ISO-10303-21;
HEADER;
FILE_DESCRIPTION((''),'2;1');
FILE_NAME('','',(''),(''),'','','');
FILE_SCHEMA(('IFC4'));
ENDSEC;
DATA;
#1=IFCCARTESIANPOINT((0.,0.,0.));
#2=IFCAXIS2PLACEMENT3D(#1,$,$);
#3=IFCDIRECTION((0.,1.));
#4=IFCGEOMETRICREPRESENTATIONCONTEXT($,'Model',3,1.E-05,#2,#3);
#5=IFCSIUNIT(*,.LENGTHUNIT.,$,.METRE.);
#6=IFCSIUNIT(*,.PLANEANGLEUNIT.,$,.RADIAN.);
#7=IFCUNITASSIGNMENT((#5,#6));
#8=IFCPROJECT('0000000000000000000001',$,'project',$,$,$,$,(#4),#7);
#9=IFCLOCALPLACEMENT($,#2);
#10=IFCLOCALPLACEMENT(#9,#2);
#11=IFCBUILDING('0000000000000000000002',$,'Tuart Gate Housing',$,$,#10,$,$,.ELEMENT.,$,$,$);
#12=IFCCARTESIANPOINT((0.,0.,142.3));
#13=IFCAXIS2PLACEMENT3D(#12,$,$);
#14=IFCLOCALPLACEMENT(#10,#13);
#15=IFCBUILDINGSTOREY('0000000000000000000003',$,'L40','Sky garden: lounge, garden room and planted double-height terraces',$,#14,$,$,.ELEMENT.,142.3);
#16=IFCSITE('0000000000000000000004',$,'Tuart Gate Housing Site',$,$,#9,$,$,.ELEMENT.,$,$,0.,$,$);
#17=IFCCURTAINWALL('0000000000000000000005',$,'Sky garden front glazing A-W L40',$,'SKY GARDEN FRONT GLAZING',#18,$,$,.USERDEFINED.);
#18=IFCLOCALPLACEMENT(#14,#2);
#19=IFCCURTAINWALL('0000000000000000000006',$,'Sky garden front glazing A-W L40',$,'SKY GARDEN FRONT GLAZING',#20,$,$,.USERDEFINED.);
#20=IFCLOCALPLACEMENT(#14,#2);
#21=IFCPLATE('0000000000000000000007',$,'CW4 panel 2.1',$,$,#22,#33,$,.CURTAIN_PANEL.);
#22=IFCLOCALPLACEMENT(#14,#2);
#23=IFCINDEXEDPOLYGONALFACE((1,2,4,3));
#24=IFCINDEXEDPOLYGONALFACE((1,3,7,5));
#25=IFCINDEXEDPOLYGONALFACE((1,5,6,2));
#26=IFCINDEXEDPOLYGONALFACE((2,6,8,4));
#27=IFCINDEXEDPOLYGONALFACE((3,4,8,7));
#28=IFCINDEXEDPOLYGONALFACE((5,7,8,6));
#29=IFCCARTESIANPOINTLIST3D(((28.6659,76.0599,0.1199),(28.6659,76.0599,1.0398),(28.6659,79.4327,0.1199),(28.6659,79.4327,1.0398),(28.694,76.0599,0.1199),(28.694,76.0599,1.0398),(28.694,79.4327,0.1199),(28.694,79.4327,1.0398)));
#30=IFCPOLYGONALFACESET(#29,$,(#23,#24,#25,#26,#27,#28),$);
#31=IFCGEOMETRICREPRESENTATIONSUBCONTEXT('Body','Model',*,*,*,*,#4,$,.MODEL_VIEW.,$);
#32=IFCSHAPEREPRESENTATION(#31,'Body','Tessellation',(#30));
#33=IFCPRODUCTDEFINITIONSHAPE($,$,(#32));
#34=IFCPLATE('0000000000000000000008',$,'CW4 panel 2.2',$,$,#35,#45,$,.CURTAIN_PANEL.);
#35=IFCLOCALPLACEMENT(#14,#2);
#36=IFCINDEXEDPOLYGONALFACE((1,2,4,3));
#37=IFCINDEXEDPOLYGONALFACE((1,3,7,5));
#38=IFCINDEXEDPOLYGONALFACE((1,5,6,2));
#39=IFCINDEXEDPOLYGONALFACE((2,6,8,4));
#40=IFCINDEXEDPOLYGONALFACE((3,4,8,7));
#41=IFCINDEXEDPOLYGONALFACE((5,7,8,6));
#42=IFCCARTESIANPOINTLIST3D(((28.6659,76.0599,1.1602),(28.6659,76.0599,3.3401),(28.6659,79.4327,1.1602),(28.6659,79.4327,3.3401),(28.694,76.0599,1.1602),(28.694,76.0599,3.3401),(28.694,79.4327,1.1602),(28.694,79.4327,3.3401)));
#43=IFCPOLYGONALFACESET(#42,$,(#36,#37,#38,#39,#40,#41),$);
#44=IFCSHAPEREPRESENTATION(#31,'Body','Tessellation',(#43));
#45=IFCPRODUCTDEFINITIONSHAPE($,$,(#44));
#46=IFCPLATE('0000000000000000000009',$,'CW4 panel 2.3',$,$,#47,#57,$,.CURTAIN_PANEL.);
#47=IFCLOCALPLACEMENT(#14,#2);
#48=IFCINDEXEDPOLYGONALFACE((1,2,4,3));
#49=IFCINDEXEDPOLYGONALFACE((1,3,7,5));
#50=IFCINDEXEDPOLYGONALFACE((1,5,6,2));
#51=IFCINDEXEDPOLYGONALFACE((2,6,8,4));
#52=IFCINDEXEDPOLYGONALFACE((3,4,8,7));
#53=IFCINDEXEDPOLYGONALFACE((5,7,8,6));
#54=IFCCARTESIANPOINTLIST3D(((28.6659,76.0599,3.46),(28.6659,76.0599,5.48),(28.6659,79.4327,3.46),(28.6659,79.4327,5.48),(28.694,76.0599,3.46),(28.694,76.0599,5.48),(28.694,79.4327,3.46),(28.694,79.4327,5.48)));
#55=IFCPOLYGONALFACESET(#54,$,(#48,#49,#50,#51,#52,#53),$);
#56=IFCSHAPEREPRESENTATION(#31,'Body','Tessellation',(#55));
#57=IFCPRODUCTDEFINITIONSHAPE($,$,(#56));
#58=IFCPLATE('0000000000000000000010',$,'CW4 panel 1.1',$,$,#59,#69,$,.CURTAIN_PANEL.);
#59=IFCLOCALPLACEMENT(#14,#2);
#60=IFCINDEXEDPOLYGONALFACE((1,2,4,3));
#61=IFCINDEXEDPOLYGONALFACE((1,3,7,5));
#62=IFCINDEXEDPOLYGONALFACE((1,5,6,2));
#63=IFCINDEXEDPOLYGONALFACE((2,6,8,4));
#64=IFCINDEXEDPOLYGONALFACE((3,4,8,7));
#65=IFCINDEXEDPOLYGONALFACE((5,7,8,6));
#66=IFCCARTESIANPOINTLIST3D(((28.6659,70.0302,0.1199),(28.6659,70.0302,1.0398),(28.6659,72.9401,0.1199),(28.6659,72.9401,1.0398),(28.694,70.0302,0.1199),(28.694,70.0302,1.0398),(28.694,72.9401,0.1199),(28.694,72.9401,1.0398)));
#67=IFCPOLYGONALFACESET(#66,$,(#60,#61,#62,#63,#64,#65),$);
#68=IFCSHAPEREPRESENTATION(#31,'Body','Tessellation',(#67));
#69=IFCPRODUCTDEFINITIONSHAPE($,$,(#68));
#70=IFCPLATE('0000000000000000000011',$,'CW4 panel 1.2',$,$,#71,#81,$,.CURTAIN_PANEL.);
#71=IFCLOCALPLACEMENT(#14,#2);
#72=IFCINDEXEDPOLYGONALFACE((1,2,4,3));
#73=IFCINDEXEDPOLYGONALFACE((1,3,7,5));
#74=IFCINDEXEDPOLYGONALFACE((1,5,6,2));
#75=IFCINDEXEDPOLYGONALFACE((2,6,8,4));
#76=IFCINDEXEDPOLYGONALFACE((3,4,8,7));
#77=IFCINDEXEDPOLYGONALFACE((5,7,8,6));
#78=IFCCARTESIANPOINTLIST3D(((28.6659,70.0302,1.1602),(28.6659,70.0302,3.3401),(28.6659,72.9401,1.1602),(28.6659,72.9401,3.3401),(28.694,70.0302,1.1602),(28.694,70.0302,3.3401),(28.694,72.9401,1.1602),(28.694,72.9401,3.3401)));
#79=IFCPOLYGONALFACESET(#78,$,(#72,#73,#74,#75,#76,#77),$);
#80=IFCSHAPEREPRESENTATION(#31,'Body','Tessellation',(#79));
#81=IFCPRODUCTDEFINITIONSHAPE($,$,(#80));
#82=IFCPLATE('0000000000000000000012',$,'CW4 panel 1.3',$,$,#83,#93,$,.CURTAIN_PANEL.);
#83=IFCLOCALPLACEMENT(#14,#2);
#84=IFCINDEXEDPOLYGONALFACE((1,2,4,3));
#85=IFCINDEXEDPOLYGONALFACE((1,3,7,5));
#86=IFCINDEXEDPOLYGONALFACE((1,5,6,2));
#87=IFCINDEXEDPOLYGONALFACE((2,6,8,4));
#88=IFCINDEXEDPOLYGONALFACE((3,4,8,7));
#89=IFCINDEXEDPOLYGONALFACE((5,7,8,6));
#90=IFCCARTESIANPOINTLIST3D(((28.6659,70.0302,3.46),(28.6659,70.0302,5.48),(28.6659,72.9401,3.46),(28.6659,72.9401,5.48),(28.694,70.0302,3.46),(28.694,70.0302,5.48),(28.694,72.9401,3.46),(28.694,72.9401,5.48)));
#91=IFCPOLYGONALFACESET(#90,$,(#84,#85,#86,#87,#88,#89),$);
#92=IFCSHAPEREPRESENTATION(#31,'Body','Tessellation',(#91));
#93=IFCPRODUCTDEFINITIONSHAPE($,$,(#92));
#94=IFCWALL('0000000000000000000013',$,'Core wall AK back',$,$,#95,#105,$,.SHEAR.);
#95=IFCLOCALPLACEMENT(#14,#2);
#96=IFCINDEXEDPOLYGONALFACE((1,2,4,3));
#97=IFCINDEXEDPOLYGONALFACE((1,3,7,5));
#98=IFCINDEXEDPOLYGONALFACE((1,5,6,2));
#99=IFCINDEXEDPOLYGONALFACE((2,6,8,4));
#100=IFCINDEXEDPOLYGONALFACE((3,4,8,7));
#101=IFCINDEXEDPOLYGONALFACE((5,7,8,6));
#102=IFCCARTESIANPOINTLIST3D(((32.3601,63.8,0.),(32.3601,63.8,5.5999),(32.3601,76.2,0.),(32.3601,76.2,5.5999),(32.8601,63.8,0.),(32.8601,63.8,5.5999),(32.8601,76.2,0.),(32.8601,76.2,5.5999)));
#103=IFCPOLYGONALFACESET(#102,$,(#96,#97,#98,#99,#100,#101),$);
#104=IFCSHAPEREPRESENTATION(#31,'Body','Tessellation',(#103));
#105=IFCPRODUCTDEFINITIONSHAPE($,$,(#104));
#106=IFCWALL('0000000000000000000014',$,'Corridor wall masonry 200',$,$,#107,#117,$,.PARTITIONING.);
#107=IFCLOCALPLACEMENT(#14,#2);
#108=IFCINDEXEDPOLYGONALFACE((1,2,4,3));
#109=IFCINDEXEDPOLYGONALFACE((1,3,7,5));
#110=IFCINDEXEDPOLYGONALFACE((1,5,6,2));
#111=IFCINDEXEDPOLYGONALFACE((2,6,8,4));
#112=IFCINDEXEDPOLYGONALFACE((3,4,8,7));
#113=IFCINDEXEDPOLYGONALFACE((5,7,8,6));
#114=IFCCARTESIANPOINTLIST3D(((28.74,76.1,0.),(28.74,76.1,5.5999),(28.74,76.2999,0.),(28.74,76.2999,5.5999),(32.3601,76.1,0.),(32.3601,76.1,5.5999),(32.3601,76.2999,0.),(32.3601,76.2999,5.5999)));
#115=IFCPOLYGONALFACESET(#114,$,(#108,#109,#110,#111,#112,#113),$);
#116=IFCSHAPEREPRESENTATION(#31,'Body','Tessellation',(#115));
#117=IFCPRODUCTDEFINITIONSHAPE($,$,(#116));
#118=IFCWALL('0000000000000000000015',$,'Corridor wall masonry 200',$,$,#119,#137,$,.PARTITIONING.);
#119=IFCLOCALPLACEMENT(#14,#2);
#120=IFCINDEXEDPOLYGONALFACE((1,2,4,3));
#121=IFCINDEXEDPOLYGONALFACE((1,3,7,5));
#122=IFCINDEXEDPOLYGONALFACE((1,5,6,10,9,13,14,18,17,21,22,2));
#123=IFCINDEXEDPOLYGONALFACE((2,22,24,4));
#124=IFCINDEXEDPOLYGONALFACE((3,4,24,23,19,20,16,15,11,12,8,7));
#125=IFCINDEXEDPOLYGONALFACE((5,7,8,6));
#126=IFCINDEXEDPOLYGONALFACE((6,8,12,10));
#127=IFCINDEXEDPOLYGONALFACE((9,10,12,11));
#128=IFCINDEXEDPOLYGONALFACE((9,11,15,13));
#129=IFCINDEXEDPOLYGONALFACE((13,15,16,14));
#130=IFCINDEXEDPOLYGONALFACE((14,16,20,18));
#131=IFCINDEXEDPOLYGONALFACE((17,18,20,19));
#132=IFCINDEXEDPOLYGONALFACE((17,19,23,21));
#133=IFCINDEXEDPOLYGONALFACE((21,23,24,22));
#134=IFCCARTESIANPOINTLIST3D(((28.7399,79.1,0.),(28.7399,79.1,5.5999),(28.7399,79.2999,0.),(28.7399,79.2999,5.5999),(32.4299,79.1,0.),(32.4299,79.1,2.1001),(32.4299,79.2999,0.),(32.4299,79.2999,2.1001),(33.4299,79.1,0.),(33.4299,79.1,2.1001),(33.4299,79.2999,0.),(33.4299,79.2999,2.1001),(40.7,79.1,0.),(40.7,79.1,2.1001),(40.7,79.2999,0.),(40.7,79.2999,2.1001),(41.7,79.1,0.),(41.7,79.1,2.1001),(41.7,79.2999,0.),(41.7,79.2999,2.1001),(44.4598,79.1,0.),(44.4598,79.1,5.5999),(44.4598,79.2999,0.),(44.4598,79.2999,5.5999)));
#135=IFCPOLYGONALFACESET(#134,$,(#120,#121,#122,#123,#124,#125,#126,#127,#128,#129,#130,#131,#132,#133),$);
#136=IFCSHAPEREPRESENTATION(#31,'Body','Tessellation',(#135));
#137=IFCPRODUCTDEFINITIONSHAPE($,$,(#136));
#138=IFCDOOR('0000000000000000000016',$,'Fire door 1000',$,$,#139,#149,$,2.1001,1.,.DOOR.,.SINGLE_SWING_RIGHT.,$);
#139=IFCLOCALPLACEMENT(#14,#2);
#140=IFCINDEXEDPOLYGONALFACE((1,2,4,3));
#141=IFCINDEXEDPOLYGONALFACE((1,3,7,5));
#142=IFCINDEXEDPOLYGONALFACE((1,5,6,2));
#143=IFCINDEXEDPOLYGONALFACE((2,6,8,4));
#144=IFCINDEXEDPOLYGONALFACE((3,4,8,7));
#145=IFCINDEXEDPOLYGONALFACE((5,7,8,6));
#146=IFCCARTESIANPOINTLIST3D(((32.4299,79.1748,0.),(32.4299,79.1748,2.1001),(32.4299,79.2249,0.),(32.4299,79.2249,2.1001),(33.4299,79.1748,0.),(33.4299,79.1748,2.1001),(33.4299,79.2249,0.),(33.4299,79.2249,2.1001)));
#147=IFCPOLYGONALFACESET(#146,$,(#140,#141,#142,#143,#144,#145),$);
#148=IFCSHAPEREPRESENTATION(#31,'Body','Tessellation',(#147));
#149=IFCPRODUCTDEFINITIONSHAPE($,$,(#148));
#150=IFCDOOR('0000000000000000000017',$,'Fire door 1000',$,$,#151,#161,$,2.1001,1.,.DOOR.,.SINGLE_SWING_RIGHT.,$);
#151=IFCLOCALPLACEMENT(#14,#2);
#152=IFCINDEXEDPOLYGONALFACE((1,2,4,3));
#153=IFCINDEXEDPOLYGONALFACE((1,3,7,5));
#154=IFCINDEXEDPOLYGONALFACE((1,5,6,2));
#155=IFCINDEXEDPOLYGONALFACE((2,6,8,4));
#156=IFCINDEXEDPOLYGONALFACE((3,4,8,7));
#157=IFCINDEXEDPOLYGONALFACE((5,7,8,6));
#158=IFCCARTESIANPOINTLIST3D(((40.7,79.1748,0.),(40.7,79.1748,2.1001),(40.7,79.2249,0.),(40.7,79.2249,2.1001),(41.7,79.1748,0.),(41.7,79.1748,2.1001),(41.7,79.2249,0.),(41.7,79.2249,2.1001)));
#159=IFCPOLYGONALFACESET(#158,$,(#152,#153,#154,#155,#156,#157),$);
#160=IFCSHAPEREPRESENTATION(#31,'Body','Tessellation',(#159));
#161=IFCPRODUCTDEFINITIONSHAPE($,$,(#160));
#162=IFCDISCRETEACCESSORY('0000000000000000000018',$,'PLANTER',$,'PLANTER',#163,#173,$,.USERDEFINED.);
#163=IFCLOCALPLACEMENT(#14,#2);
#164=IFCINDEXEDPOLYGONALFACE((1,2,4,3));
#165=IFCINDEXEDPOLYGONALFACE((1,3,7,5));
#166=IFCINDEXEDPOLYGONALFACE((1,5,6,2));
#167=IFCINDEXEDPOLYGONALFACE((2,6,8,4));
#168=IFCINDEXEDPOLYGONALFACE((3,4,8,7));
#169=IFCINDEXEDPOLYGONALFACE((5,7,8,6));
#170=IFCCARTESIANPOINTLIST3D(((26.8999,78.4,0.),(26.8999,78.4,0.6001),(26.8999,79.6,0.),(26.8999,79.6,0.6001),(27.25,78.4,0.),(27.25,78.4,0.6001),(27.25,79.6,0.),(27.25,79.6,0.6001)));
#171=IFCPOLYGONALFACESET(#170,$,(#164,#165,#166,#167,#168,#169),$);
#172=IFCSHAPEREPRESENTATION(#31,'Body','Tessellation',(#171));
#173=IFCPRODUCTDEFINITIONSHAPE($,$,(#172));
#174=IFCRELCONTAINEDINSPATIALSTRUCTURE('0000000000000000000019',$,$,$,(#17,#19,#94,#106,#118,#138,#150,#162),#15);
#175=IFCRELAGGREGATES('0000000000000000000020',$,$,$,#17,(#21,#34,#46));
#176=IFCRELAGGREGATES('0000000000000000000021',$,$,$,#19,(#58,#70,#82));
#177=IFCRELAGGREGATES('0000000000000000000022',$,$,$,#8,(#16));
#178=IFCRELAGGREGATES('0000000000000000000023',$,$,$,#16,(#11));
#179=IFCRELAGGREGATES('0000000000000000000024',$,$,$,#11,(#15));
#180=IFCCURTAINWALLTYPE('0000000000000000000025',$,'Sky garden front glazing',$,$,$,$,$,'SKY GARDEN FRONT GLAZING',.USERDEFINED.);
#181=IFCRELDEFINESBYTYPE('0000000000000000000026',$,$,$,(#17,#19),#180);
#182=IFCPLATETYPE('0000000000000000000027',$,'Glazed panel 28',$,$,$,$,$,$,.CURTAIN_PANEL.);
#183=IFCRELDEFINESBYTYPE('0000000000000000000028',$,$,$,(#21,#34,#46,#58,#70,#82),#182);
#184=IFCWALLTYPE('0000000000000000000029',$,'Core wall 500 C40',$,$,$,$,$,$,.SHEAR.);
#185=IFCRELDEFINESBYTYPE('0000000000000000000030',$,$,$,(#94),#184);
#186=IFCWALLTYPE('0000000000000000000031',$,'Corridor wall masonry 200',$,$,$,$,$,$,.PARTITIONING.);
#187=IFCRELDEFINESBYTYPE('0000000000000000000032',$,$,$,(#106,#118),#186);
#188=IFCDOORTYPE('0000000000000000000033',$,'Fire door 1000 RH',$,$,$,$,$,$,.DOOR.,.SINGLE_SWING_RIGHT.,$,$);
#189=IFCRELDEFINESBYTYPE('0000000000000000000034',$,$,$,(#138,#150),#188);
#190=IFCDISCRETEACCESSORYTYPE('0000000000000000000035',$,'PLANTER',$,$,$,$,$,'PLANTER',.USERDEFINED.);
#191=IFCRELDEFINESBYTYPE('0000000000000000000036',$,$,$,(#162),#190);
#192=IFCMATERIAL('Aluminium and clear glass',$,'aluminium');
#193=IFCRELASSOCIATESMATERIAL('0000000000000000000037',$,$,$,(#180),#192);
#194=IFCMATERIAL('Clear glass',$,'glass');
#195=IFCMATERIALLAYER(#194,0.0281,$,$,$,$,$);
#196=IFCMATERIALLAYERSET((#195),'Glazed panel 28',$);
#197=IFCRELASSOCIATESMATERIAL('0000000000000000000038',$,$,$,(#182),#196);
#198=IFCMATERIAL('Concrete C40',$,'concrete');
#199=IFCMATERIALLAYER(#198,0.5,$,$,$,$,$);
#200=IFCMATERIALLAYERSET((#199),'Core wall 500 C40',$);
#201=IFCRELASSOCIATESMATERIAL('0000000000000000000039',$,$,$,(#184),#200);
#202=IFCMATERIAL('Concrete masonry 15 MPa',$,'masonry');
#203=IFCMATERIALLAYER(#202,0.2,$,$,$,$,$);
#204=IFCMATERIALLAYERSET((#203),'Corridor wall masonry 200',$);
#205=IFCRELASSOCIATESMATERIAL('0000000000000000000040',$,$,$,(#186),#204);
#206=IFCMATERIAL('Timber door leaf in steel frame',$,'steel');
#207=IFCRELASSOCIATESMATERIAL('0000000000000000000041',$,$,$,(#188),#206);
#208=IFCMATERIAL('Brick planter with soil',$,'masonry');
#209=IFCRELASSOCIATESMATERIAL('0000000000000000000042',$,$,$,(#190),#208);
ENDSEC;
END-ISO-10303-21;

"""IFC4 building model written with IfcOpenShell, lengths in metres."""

from ifc_helpers import new_model, si_unit, direction, frame, frame_2d, origin, origin_2d, place, context, subcontext, project, spatial, rectangle, extrude, material, layer, layer_set, type_object, element, fill, aggregate, save


model = new_model("IFC4")

# Units and contexts
model_context = context("Model", 3, precision=1e-05, world=origin(), true_north=direction((0.0, 1.0)))
body_context = subcontext(model_context, "Body", "Model", "MODEL_VIEW")
ifc_project = project(units=[si_unit("LENGTHUNIT", "METRE"), si_unit("PLANEANGLEUNIT", "RADIAN")], contexts=[model_context])

# Site, building, storey
site_placement = place(None, origin())
site = spatial("IfcSite", under=ifc_project, at=site_placement, Name="Tuart Gate Housing Site", CompositionType="ELEMENT", RefElevation=0.0)
building_placement = place(site_placement, origin())
building = spatial("IfcBuilding", under=site, at=building_placement, Name="Tuart Gate Housing", CompositionType="ELEMENT")
storey_placement = place(building_placement, frame((0.0, 0.0, 142.3)))
storey = spatial("IfcBuildingStorey", under=building, at=storey_placement, Name="L40", Description="Sky garden: lounge, garden room and planted double-height terraces", CompositionType="ELEMENT", Elevation=142.3)

# Curtain wall
ifc_material_1 = material(Name="Aluminium and clear glass", Category="aluminium")
curtain_wall_type = type_object("IfcCurtainWallType", Name="Sky garden front glazing", ElementType="SKY GARDEN FRONT GLAZING", PredefinedType="USERDEFINED", material=ifc_material_1)
curtain_wall_1_placement = place(storey_placement, origin())
curtain_wall_1 = element("IfcCurtainWall", 1, at=curtain_wall_1_placement, inside=storey, type_object=curtain_wall_type, Name="Sky garden front glazing A-W L40", ObjectType="SKY GARDEN FRONT GLAZING", PredefinedType="USERDEFINED")

# Curtain wall
curtain_wall_2_placement = place(storey_placement, origin())
curtain_wall_2 = element("IfcCurtainWall", 2, at=curtain_wall_2_placement, inside=storey, type_object=curtain_wall_type, Name="Sky garden front glazing A-W L40", ObjectType="SKY GARDEN FRONT GLAZING", PredefinedType="USERDEFINED")

# Plates
ifc_material_2 = material(Name="Clear glass", Category="glass")
ifc_layer_1 = layer(ifc_material_2, 0.0281)
ifc_layer_set_1 = layer_set([ifc_layer_1], Name="Glazed panel 28")
plate_type = type_object("IfcPlateType", Name="Glazed panel 28", PredefinedType="CURTAIN_PANEL", material=ifc_layer_set_1)
plate_1_placement = place(storey_placement, frame((28.6799, 77.7463, 0.1199), z_axis=(0.0, 0.0, 1.0), x_axis=(0.0, -1.0, 0.0)))
plate_1 = element("IfcPlate", 3, at=plate_1_placement, type_object=plate_type, Name="CW4 panel 2.1", PredefinedType="CURTAIN_PANEL", context=body_context, shape_type="SweptSolid", body=[
    extrude(rectangle(XDim=3.3728, YDim=0.0281, at=origin_2d()), origin(), (0.0, 0.0, 1.0), 0.9199),
])
plate_2_placement = place(storey_placement, frame((28.6799, 77.7463, 1.1602), z_axis=(0.0, 0.0, 1.0), x_axis=(0.0, -1.0, 0.0)))
plate_2 = element("IfcPlate", 4, at=plate_2_placement, type_object=plate_type, Name="CW4 panel 2.2", PredefinedType="CURTAIN_PANEL", context=body_context, shape_type="SweptSolid", body=[
    extrude(rectangle(XDim=3.3728, YDim=0.0281, at=origin_2d()), origin(), (0.0, 0.0, 1.0), 2.1799),
])
plate_3_placement = place(storey_placement, frame((28.6799, 77.7463, 3.46), z_axis=(0.0, 0.0, 1.0), x_axis=(0.0, -1.0, 0.0)))
plate_3 = element("IfcPlate", 5, at=plate_3_placement, type_object=plate_type, Name="CW4 panel 2.3", PredefinedType="CURTAIN_PANEL", context=body_context, shape_type="SweptSolid", body=[
    extrude(rectangle(XDim=3.3728, YDim=0.0281, at=origin_2d()), origin(), (0.0, 0.0, 1.0), 2.02),
])
aggregate(curtain_wall_1, [plate_1, plate_2, plate_3])
plate_4_placement = place(storey_placement, frame((28.6799, 71.4851, 0.1199), z_axis=(0.0, 0.0, 1.0), x_axis=(0.0, -1.0, 0.0)))
plate_4 = element("IfcPlate", 6, at=plate_4_placement, type_object=plate_type, Name="CW4 panel 1.1", PredefinedType="CURTAIN_PANEL", context=body_context, shape_type="SweptSolid", body=[
    extrude(rectangle(XDim=2.9099, YDim=0.0281, at=origin_2d()), origin(), (0.0, 0.0, 1.0), 0.9199),
])
plate_5_placement = place(storey_placement, frame((28.6799, 71.4851, 1.1602), z_axis=(0.0, 0.0, 1.0), x_axis=(0.0, -1.0, 0.0)))
plate_5 = element("IfcPlate", 7, at=plate_5_placement, type_object=plate_type, Name="CW4 panel 1.2", PredefinedType="CURTAIN_PANEL", context=body_context, shape_type="SweptSolid", body=[
    extrude(rectangle(XDim=2.9099, YDim=0.0281, at=origin_2d()), origin(), (0.0, 0.0, 1.0), 2.1799),
])
plate_6_placement = place(storey_placement, frame((28.6799, 71.4851, 3.46), z_axis=(0.0, 0.0, 1.0), x_axis=(0.0, -1.0, 0.0)))
plate_6 = element("IfcPlate", 8, at=plate_6_placement, type_object=plate_type, Name="CW4 panel 1.3", PredefinedType="CURTAIN_PANEL", context=body_context, shape_type="SweptSolid", body=[
    extrude(rectangle(XDim=2.9099, YDim=0.0281, at=origin_2d()), origin(), (0.0, 0.0, 1.0), 2.02),
])
aggregate(curtain_wall_2, [plate_4, plate_5, plate_6])

# Walls
ifc_material_3 = material(Name="Concrete C40", Category="concrete")
ifc_layer_2 = layer(ifc_material_3, 0.5)
ifc_layer_set_2 = layer_set([ifc_layer_2], Name="Core wall 500 C40")
wall_type_1 = type_object("IfcWallType", Name="Core wall 500 C40", PredefinedType="SHEAR", material=ifc_layer_set_2)
wall_1_placement = place(storey_placement, frame((32.6101, 76.2, 0.0), z_axis=(0.0, 0.0, 1.0), x_axis=(0.0, -1.0, 0.0)))
element("IfcWall", 9, at=wall_1_placement, inside=storey, type_object=wall_type_1, Name="Core wall AK back", PredefinedType="SHEAR", context=body_context, shape_type="SweptSolid", body=[
    extrude(rectangle(XDim=12.3999, YDim=0.5, at=frame_2d((6.2, 0.0))), origin(), (0.0, 0.0, 1.0), 5.5999),
])
ifc_material_4 = material(Name="Concrete masonry 15 MPa", Category="masonry")
ifc_layer_3 = layer(ifc_material_4, 0.2)
ifc_layer_set_3 = layer_set([ifc_layer_3], Name="Corridor wall masonry 200")
wall_type_2 = type_object("IfcWallType", Name="Corridor wall masonry 200", PredefinedType="PARTITIONING", material=ifc_layer_set_3)
wall_2_placement = place(storey_placement, frame((28.74, 76.2, 0.0), z_axis=(0.0, 0.0, 1.0), x_axis=(1.0, 0.0, 0.0)))
element("IfcWall", 10, at=wall_2_placement, inside=storey, type_object=wall_type_2, Name="Corridor wall masonry 200", PredefinedType="PARTITIONING", context=body_context, shape_type="SweptSolid", body=[
    extrude(rectangle(XDim=3.6201, YDim=0.2, at=frame_2d((1.8101, 0.0))), origin(), (0.0, 0.0, 1.0), 5.5999),
])

# Wall, openings, doors
wall_3_placement = place(storey_placement, frame((28.74, 79.2, 0.0), z_axis=(0.0, 0.0, 1.0), x_axis=(1.0, 0.0, 0.0)))
wall_3 = element("IfcWall", 11, at=wall_3_placement, inside=storey, type_object=wall_type_2, Name="Corridor wall masonry 200", PredefinedType="PARTITIONING", context=body_context, shape_type="SweptSolid", body=[
    extrude(rectangle(XDim=15.72, YDim=0.2, at=frame_2d((7.8599, 0.0))), origin(), (0.0, 0.0, 1.0), 5.5999),
])
opening_1_placement = place(wall_3_placement, frame((3.6899, 0.0, 0.0)))
opening_1 = element("IfcOpeningElement", 12, at=opening_1_placement, cuts=wall_3, PredefinedType="OPENING", context=body_context, shape_type="SweptSolid", body=[
    extrude(rectangle(XDim=1.0, YDim=2.1001, at=frame_2d((0.5, 1.05))), frame((0.0, 0.1099, 0.0), z_axis=(0.0, -1.0, 0.0), x_axis=(1.0, 0.0, 0.0)), (0.0, 0.0, 1.0), 0.22),
])
opening_2_placement = place(wall_3_placement, frame((11.96, 0.0, 0.0)))
opening_2 = element("IfcOpeningElement", 13, at=opening_2_placement, cuts=wall_3, PredefinedType="OPENING", context=body_context, shape_type="SweptSolid", body=[
    extrude(rectangle(XDim=1.0, YDim=2.1001, at=frame_2d((0.5, 1.05))), frame((0.0, 0.1099, 0.0), z_axis=(0.0, -1.0, 0.0), x_axis=(1.0, 0.0, 0.0)), (0.0, 0.0, 1.0), 0.22),
])
ifc_material_5 = material(Name="Timber door leaf in steel frame", Category="steel")
door_type_1 = type_object("IfcDoorType", Name="Fire door 1000 RH", OperationType="SINGLE_SWING_RIGHT", PredefinedType="DOOR", material=ifc_material_5)
door_1_placement = place(opening_1_placement, origin())
door_1 = element("IfcDoor", 14, at=door_1_placement, inside=storey, type_object=door_type_1, Name="Fire door 1000", OperationType="SINGLE_SWING_RIGHT", OverallHeight=2.1001, OverallWidth=1.0, PredefinedType="DOOR", context=body_context, shape_type="SweptSolid", body=[
    extrude(rectangle(XDim=1.0, YDim=2.1001, at=frame_2d((0.5, 1.05))), frame((0.0, 0.0249, 0.0), z_axis=(0.0, -1.0, 0.0), x_axis=(1.0, 0.0, 0.0)), (0.0, 0.0, 1.0), 0.05),
])
fill(opening_1, door_1)
door_2_placement = place(opening_2_placement, origin())
door_2 = element("IfcDoor", 15, at=door_2_placement, inside=storey, type_object=door_type_1, Name="Fire door 1000", OperationType="SINGLE_SWING_RIGHT", OverallHeight=2.1001, OverallWidth=1.0, PredefinedType="DOOR", context=body_context, shape_type="SweptSolid", body=[
    extrude(rectangle(XDim=1.0, YDim=2.1001, at=frame_2d((0.5, 1.05))), frame((0.0, 0.0249, 0.0), z_axis=(0.0, -1.0, 0.0), x_axis=(1.0, 0.0, 0.0)), (0.0, 0.0, 1.0), 0.05),
])
fill(opening_2, door_2)

# Discrete accessory
ifc_material_6 = material(Name="Brick planter with soil", Category="masonry")
discrete_accessory_type = type_object("IfcDiscreteAccessoryType", Name="PLANTER", ElementType="PLANTER", PredefinedType="USERDEFINED", material=ifc_material_6)
discrete_accessory_placement = place(storey_placement, frame((27.075, 79.0, 0.0), z_axis=(0.0, 0.0, 1.0), x_axis=(1.0, 0.0, 0.0)))
element("IfcDiscreteAccessory", 16, at=discrete_accessory_placement, inside=storey, type_object=discrete_accessory_type, Name="PLANTER", ObjectType="PLANTER", PredefinedType="USERDEFINED", context=body_context, shape_type="SweptSolid", body=[
    extrude(rectangle(XDim=0.3501, YDim=1.2, at=origin_2d()), origin(), (0.0, 0.0, 1.0), 0.6001),
])

save(model, "model.ifc")
